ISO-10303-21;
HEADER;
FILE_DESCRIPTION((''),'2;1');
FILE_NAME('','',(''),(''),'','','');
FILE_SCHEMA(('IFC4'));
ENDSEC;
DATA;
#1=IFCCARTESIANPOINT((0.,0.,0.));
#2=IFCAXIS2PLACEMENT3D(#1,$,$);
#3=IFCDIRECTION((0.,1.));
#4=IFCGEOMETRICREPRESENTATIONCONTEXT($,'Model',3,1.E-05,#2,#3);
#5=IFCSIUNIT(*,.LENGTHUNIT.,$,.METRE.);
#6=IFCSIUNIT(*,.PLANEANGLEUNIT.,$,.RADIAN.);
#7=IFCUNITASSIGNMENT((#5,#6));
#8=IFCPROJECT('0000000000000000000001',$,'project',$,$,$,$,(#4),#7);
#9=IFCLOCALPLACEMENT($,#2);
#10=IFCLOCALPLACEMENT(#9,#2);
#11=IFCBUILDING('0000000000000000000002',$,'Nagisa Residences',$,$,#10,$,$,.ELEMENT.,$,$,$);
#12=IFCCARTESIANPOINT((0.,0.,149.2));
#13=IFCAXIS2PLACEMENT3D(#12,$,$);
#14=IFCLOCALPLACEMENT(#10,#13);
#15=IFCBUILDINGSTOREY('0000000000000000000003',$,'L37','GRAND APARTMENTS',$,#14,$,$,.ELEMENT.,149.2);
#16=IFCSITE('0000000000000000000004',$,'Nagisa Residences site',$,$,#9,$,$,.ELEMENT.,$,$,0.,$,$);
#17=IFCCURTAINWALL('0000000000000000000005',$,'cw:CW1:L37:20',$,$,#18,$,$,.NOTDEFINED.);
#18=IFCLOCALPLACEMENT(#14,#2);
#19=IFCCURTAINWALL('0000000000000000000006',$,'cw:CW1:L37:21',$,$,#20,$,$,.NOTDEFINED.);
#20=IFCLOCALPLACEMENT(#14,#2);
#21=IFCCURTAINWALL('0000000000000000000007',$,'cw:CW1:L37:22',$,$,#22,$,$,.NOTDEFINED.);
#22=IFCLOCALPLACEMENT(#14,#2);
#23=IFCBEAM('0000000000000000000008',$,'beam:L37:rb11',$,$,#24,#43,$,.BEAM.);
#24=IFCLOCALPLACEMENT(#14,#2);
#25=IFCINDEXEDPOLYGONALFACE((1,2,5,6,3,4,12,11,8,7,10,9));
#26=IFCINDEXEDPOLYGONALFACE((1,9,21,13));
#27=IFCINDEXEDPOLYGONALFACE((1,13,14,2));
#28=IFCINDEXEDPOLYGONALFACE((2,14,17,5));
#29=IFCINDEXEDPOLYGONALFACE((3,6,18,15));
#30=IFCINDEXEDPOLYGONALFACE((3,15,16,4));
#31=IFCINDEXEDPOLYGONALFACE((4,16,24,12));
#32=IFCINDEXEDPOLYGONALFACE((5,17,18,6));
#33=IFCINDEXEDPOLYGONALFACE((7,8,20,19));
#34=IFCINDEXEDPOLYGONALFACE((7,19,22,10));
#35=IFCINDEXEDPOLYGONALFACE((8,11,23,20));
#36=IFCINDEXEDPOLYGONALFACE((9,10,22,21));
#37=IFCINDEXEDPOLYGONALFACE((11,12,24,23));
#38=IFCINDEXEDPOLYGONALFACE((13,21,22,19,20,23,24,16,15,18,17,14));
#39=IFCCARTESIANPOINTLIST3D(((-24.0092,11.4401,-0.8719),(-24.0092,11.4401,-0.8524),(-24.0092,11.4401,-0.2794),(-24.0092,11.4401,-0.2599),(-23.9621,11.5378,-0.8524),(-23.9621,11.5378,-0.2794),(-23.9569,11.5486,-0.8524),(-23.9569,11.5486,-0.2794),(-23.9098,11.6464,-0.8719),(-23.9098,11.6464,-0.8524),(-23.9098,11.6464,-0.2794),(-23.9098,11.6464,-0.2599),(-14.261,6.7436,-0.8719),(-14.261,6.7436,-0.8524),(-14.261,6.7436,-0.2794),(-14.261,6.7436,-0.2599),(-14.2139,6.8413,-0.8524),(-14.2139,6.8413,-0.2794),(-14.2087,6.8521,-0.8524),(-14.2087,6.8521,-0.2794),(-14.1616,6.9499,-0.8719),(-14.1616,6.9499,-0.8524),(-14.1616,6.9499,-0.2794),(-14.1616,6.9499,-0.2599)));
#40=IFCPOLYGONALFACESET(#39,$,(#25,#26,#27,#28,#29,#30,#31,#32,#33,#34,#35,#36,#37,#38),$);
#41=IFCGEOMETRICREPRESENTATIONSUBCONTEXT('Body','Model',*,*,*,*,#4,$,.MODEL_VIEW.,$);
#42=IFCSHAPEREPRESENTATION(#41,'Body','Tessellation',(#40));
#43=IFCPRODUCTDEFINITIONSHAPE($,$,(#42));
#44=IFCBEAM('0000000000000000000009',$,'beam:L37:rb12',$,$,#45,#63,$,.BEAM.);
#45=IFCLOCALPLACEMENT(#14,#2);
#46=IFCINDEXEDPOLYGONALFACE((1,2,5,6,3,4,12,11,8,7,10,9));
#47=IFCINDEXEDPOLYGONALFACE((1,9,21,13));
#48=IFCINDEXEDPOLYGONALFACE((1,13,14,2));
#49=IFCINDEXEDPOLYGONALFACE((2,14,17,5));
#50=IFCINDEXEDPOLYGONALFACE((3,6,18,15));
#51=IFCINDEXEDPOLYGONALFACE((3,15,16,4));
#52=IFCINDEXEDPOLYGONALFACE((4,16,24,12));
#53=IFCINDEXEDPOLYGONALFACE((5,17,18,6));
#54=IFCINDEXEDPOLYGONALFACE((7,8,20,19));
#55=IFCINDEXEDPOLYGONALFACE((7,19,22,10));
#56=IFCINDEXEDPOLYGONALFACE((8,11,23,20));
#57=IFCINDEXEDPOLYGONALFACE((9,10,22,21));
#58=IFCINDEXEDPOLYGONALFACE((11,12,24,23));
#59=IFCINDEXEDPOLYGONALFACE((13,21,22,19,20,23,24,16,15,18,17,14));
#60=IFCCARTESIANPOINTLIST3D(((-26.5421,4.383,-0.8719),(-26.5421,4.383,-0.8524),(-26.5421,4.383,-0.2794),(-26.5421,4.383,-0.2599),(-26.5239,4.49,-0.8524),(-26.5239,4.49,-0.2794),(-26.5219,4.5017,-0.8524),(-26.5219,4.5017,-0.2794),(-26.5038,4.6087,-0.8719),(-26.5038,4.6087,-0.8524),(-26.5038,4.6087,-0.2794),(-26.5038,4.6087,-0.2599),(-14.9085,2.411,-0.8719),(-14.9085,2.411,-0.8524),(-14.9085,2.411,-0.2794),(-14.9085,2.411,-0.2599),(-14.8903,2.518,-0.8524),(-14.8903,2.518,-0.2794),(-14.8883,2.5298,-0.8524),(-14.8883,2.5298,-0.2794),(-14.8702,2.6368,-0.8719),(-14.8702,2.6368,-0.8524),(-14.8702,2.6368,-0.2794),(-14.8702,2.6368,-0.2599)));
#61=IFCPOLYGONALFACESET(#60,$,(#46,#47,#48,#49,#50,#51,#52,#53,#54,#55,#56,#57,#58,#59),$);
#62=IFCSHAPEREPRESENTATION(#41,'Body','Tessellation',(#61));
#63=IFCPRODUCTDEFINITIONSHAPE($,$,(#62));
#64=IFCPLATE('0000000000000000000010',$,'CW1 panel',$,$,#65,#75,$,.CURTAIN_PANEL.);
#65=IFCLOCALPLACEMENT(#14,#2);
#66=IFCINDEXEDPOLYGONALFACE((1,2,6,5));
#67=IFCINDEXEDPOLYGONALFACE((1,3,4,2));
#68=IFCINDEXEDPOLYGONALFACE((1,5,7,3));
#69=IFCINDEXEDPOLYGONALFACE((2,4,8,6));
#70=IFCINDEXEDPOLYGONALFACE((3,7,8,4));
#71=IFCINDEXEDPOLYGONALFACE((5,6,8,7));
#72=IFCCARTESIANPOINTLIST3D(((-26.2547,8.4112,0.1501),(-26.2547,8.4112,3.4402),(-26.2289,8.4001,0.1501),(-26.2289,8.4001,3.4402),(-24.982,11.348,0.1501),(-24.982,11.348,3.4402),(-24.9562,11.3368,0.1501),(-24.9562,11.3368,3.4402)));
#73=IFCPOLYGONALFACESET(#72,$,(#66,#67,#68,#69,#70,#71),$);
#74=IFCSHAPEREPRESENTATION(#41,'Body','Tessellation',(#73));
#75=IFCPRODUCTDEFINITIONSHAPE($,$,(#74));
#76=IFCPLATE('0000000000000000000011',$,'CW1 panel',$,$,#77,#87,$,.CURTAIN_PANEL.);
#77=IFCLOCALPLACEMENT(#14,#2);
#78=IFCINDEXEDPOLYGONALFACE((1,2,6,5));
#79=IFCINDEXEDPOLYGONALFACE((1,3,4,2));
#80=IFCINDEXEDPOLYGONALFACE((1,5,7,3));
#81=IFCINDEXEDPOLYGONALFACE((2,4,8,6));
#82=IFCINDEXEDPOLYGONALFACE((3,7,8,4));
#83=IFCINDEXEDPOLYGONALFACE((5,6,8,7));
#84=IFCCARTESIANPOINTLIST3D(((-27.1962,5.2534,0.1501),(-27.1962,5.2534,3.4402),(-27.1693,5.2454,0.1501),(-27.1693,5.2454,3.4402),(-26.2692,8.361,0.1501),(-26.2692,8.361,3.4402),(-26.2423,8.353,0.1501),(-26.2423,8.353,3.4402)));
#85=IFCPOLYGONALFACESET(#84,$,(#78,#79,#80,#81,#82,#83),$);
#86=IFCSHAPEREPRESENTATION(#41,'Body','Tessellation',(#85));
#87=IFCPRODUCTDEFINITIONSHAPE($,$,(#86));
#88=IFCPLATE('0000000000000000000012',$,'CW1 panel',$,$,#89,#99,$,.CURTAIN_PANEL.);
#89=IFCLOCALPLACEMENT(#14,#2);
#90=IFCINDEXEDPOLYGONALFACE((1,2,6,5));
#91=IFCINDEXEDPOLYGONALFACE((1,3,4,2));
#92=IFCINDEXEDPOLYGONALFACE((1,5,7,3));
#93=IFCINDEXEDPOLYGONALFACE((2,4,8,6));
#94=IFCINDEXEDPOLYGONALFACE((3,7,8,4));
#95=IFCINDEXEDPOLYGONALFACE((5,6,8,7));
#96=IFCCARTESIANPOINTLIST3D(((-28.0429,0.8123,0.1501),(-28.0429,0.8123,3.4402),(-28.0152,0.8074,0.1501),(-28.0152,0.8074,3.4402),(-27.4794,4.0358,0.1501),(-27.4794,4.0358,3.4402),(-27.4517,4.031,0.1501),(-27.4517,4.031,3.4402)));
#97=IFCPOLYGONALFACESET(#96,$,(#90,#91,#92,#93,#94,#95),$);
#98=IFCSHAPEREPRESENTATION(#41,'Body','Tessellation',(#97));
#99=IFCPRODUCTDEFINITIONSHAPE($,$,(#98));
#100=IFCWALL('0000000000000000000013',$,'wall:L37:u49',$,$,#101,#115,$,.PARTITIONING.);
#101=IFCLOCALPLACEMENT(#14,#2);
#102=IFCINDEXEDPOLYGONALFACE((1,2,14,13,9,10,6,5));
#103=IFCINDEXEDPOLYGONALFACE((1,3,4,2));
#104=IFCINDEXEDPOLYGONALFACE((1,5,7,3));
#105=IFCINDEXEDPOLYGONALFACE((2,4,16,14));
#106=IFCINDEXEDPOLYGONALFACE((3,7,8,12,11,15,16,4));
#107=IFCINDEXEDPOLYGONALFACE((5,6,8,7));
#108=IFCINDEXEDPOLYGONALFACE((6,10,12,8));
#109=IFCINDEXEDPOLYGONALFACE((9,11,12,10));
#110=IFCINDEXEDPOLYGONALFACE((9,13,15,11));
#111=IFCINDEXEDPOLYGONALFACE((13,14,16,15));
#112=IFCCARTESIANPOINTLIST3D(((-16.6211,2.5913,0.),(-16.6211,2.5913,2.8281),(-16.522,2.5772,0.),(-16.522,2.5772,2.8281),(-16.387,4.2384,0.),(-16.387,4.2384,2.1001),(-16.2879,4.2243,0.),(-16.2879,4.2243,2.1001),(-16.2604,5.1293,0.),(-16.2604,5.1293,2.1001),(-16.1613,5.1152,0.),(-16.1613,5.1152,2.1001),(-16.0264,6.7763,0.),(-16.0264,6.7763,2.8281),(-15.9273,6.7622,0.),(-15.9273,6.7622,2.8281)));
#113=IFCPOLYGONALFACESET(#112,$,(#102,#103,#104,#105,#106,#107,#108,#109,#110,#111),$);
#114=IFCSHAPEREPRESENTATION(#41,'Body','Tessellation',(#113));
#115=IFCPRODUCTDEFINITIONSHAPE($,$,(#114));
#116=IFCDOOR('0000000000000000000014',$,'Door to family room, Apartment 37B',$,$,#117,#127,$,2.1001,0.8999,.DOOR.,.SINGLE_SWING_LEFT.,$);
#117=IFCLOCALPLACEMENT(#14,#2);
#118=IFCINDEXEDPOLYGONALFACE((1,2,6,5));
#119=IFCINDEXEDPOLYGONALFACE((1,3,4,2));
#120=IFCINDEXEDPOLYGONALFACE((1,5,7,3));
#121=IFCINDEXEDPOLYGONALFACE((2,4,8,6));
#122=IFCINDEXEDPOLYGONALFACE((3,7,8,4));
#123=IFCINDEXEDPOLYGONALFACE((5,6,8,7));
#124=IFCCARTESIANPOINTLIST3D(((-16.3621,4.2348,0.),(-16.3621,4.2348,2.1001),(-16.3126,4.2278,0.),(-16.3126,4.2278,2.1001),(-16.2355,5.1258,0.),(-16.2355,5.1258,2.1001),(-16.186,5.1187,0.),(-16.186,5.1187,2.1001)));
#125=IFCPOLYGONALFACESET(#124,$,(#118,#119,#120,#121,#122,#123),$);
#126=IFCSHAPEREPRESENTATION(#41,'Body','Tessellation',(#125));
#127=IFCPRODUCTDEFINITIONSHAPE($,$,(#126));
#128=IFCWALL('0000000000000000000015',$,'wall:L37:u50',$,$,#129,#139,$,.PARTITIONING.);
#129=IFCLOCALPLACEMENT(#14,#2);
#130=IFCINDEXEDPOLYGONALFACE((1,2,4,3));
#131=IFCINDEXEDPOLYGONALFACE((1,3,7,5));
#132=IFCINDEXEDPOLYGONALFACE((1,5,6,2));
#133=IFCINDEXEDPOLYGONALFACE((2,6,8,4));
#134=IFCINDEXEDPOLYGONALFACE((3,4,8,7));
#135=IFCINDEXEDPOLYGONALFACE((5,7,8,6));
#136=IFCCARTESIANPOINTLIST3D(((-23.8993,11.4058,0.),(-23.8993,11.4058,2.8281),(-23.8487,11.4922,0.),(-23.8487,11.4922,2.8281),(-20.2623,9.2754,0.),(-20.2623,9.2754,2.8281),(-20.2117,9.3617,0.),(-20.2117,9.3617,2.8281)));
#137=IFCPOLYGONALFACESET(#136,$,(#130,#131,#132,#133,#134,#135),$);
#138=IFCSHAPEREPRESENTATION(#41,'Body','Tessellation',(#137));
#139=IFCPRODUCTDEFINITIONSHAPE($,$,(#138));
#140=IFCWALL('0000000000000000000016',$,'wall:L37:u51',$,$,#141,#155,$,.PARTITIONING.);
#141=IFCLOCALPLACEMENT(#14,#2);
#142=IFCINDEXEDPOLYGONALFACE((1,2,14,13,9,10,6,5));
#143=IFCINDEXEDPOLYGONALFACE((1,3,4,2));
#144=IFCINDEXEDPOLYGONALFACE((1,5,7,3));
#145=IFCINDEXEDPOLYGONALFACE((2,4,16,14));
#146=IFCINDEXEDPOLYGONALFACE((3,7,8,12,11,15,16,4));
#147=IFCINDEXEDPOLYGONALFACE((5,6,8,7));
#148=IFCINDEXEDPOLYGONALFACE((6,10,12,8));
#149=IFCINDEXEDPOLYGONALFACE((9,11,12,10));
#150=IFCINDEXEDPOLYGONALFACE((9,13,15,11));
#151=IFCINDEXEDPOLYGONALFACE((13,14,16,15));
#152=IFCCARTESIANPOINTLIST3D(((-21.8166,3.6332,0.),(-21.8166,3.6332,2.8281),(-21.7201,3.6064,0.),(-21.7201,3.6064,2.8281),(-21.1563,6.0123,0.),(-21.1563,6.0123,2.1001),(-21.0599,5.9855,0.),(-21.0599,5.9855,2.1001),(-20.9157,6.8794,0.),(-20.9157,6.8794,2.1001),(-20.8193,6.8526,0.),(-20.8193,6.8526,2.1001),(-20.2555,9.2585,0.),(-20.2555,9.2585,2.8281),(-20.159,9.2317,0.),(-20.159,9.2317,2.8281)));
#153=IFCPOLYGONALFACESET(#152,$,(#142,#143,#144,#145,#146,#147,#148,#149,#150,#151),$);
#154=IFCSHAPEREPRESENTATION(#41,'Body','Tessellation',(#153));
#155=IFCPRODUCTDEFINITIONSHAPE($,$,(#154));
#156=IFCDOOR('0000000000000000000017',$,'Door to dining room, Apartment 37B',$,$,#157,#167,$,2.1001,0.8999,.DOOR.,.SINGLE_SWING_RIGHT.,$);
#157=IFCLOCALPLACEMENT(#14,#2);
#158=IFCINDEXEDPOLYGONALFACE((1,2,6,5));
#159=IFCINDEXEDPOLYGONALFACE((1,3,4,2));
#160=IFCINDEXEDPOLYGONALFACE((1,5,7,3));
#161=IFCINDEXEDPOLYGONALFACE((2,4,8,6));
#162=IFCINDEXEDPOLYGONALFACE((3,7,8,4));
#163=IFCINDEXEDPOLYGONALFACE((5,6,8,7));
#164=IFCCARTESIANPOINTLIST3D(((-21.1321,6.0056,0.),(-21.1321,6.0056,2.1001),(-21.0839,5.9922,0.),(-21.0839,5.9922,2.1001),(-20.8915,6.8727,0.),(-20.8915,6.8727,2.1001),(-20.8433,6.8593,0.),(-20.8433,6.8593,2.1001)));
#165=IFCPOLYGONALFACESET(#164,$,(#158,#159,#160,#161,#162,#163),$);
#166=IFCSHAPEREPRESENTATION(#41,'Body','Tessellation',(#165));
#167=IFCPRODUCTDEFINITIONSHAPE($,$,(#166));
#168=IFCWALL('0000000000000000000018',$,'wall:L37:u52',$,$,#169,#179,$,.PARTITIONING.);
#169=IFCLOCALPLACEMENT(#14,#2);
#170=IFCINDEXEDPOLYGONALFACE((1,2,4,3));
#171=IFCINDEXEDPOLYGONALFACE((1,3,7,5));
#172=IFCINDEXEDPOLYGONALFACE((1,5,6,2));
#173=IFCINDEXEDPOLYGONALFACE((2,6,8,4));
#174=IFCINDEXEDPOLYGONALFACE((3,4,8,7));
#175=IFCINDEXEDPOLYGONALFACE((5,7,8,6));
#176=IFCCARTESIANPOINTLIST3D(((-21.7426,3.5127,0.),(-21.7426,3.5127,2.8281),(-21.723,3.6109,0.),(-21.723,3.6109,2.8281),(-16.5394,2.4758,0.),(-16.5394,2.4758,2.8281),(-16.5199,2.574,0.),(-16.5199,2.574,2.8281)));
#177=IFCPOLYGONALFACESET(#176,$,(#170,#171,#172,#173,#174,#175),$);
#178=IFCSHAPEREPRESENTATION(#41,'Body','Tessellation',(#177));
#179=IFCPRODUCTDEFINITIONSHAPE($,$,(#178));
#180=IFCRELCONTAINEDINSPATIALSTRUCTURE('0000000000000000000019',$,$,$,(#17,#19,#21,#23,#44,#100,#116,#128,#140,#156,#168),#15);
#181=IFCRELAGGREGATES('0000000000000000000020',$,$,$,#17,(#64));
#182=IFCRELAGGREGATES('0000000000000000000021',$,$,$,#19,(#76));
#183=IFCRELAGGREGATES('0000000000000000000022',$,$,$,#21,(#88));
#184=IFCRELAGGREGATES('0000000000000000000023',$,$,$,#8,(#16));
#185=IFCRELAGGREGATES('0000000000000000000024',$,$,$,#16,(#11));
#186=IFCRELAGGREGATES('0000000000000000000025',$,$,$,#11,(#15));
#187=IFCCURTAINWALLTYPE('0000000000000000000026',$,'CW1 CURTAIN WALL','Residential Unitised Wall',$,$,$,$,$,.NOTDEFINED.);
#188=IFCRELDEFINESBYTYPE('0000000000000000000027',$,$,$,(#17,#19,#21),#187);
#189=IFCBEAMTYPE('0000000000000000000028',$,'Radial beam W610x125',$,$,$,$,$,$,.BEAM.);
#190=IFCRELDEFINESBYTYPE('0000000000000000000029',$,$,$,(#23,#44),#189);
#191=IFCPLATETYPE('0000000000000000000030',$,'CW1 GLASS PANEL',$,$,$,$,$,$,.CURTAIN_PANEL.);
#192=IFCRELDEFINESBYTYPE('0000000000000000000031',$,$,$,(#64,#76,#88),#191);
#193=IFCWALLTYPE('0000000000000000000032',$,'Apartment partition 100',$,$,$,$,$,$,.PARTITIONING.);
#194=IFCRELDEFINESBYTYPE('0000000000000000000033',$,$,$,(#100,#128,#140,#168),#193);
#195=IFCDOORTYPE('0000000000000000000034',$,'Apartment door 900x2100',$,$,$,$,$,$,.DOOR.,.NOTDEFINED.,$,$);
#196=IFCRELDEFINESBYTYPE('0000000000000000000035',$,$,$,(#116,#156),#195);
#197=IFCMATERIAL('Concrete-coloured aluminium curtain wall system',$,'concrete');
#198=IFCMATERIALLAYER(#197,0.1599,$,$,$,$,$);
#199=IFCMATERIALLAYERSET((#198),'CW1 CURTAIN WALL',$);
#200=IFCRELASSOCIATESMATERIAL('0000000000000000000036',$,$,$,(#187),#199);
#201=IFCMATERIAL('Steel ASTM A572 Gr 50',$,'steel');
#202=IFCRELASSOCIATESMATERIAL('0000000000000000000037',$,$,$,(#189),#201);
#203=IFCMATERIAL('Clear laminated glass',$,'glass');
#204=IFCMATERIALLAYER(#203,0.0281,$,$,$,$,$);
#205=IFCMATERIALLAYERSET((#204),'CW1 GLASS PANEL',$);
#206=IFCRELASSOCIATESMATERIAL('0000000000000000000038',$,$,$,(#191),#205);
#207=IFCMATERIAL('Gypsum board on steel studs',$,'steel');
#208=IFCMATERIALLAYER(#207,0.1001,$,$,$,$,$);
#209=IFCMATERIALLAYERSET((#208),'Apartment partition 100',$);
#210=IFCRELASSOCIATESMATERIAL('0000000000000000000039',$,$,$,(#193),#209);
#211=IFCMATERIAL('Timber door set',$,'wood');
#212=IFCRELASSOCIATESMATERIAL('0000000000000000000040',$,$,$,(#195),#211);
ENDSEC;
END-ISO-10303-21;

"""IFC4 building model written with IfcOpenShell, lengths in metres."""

from ifc_helpers import new_model, si_unit, direction, frame, frame_2d, origin, origin_2d, place, context, subcontext, project, spatial, rectangle, i_section, extrude, material, layer, layer_set, material_profile, profile_set, type_object, element, fill, aggregate, save


model = new_model("IFC4")

# Units and contexts
model_context = context("Model", 3, precision=1e-05, world=origin(), true_north=direction((0.0, 1.0)))
body_context = subcontext(model_context, "Body", "Model", "MODEL_VIEW")
ifc_project = project(units=[si_unit("LENGTHUNIT", "METRE"), si_unit("PLANEANGLEUNIT", "RADIAN")], contexts=[model_context])

# Site, building, storey
site_placement = place(None, origin())
site = spatial("IfcSite", under=ifc_project, at=site_placement, Name="Nagisa Residences site", CompositionType="ELEMENT", RefElevation=0.0)
building_placement = place(site_placement, origin())
building = spatial("IfcBuilding", under=site, at=building_placement, Name="Nagisa Residences", CompositionType="ELEMENT")
storey_placement = place(building_placement, frame((0.0, 0.0, 149.2)))
storey = spatial("IfcBuildingStorey", under=building, at=storey_placement, Name="L37", Description="GRAND APARTMENTS", CompositionType="ELEMENT", Elevation=149.2)

# Curtain walls
ifc_material_1 = material(Name="Concrete-coloured aluminium curtain wall system", Category="concrete")
ifc_layer_1 = layer(ifc_material_1, 0.1599)
ifc_layer_set_1 = layer_set([ifc_layer_1], Name="CW1 CURTAIN WALL")
curtain_wall_type = type_object("IfcCurtainWallType", Name="CW1 CURTAIN WALL", Description="Residential Unitised Wall", PredefinedType="NOTDEFINED", material=ifc_layer_set_1)
curtain_wall_1_placement = place(storey_placement, origin())
curtain_wall_1 = element("IfcCurtainWall", 1, at=curtain_wall_1_placement, inside=storey, type_object=curtain_wall_type, Name="cw:CW1:L37:20", PredefinedType="NOTDEFINED")
curtain_wall_2_placement = place(storey_placement, origin())
curtain_wall_2 = element("IfcCurtainWall", 2, at=curtain_wall_2_placement, inside=storey, type_object=curtain_wall_type, Name="cw:CW1:L37:21", PredefinedType="NOTDEFINED")
curtain_wall_3_placement = place(storey_placement, origin())
curtain_wall_3 = element("IfcCurtainWall", 3, at=curtain_wall_3_placement, inside=storey, type_object=curtain_wall_type, Name="cw:CW1:L37:22", PredefinedType="NOTDEFINED")

# Beams
ifc_material_2 = material(Name="Steel ASTM A572 Gr 50", Category="steel")
ifc_material_profile_1 = material_profile(ifc_material_2, i_section(OverallWidth=0.229, OverallDepth=0.6121, WebThickness=0.012, FlangeThickness=0.0195, at=origin_2d()), Name="W610x125")
ifc_profile_set_1 = profile_set([ifc_material_profile_1], Name="Steel ASTM A572 Gr 50")
beam_type_1 = type_object("IfcBeamType", Name="Radial beam W610x125", PredefinedType="BEAM", material=ifc_profile_set_1)
beam_1_placement = place(storey_placement, frame((-23.9595, 11.5432, -0.5659), z_axis=(0.900896, -0.434034, 0.0), x_axis=(0.434034, 0.900896, 0.0)))
element("IfcBeam", 4, at=beam_1_placement, inside=storey, type_object=beam_type_1, Name="beam:L37:rb11", PredefinedType="BEAM", context=body_context, shape_type="SweptSolid", body=[
    extrude(i_section(OverallWidth=0.229, OverallDepth=0.6121, WebThickness=0.012, FlangeThickness=0.0195, at=origin_2d()), origin(), (0.0, 0.0, 1.0), 10.8206),
])
beam_2_placement = place(storey_placement, frame((-26.5229, 4.4958, -0.5659), z_axis=(0.985937, -0.167119, 0.0), x_axis=(0.167119, 0.985937, 0.0)))
element("IfcBeam", 5, at=beam_2_placement, inside=storey, type_object=beam_type_1, Name="beam:L37:rb12", PredefinedType="BEAM", context=body_context, shape_type="SweptSolid", body=[
    extrude(i_section(OverallWidth=0.229, OverallDepth=0.6121, WebThickness=0.012, FlangeThickness=0.0195, at=origin_2d()), origin(), (0.0, 0.0, 1.0), 11.7996),
])

# Plates
ifc_material_3 = material(Name="Clear laminated glass", Category="glass")
ifc_layer_2 = layer(ifc_material_3, 0.0281)
ifc_layer_set_2 = layer_set([ifc_layer_2], Name="CW1 GLASS PANEL")
plate_type = type_object("IfcPlateType", Name="CW1 GLASS PANEL", PredefinedType="CURTAIN_PANEL", material=ifc_layer_set_2)
plate_1_placement = place(storey_placement, frame((-25.6055, 9.874, 0.1501), z_axis=(0.0, 0.0, 1.0), x_axis=(-0.397636, -0.917543, 0.0)))
plate_1 = element("IfcPlate", 6, at=plate_1_placement, type_object=plate_type, Name="CW1 panel", PredefinedType="CURTAIN_PANEL", context=body_context, shape_type="SweptSolid", body=[
    extrude(rectangle(XDim=3.2007, YDim=0.0281, at=origin_2d()), origin(), (0.0, 0.0, 1.0), 3.29),
])
aggregate(curtain_wall_1, [plate_1])
plate_2_placement = place(storey_placement, frame((-26.7192, 6.8032, 0.1501), z_axis=(0.0, 0.0, 1.0), x_axis=(-0.28586, -0.958271, 0.0)))
plate_2 = element("IfcPlate", 7, at=plate_2_placement, type_object=plate_type, Name="CW1 panel", PredefinedType="CURTAIN_PANEL", context=body_context, shape_type="SweptSolid", body=[
    extrude(rectangle(XDim=3.2429, YDim=0.0281, at=origin_2d()), origin(), (0.0, 0.0, 1.0), 3.29),
])
aggregate(curtain_wall_2, [plate_2])
plate_3_placement = place(storey_placement, frame((-27.7473, 2.4216, 0.1501), z_axis=(0.0, 0.0, 1.0), x_axis=(-0.172191, -0.985064, 0.0)))
plate_3 = element("IfcPlate", 8, at=plate_3_placement, type_object=plate_type, Name="CW1 panel", PredefinedType="CURTAIN_PANEL", context=body_context, shape_type="SweptSolid", body=[
    extrude(rectangle(XDim=3.2725, YDim=0.0281, at=origin_2d()), origin(), (0.0, 0.0, 1.0), 3.29),
])
aggregate(curtain_wall_3, [plate_3])

# Wall, opening, door
ifc_material_4 = material(Name="Gypsum board on steel studs", Category="steel")
ifc_layer_3 = layer(ifc_material_4, 0.1001)
ifc_layer_set_3 = layer_set([ifc_layer_3], Name="Apartment partition 100")
wall_type = type_object("IfcWallType", Name="Apartment partition 100", PredefinedType="PARTITIONING", material=ifc_layer_set_3)
wall_1_placement = place(storey_placement, frame((-15.9768, 6.7693, 0.0), z_axis=(0.0, 0.0, 1.0), x_axis=(-0.140694, -0.990053, 0.0)))
wall_1 = element("IfcWall", 9, at=wall_1_placement, inside=storey, type_object=wall_type, Name="wall:L37:u49", PredefinedType="PARTITIONING", context=body_context, shape_type="SweptSolid", body=[
    extrude(rectangle(XDim=4.2271, YDim=0.1001, at=frame_2d((2.1135, 0.0))), origin(), (0.0, 0.0, 1.0), 2.8281),
])
opening_1_placement = place(wall_1_placement, frame((1.6636, 0.0, 0.0)))
opening_1 = element("IfcOpeningElement", 10, at=opening_1_placement, cuts=wall_1, PredefinedType="OPENING", context=body_context, shape_type="SweptSolid", body=[
    extrude(rectangle(XDim=0.8999, YDim=2.1001, at=frame_2d((0.45, 1.05))), frame((0.0, 0.0601, 0.0), z_axis=(0.0, -1.0, 0.0), x_axis=(1.0, 0.0, 0.0)), (0.0, 0.0, 1.0), 0.1201),
])
ifc_material_5 = material(Name="Timber door set", Category="wood")
door_type = type_object("IfcDoorType", Name="Apartment door 900x2100", OperationType="NOTDEFINED", PredefinedType="DOOR", material=ifc_material_5)
door_1_placement = place(opening_1_placement, frame((0.8999, 0.0, 0.0), x_axis=(-1.0, 0.0, 0.0)))
door_1 = element("IfcDoor", 11, at=door_1_placement, inside=storey, type_object=door_type, Name="Door to family room, Apartment 37B", OperationType="SINGLE_SWING_LEFT", OverallHeight=2.1001, OverallWidth=0.8999, PredefinedType="DOOR", context=body_context, shape_type="SweptSolid", body=[
    extrude(rectangle(XDim=0.8999, YDim=2.1001, at=frame_2d((0.45, 1.05))), frame((0.0, 0.0249, 0.0), z_axis=(0.0, -1.0, 0.0), x_axis=(1.0, 0.0, 0.0)), (0.0, 0.0, 1.0), 0.05),
])
fill(opening_1, door_1)

# Wall
wall_2_placement = place(storey_placement, frame((-20.2371, 9.3186, 0.0), z_axis=(0.0, 0.0, 1.0), x_axis=(-0.862868, 0.50543, 0.0)))
element("IfcWall", 12, at=wall_2_placement, inside=storey, type_object=wall_type, Name="wall:L37:u50", PredefinedType="PARTITIONING", context=body_context, shape_type="SweptSolid", body=[
    extrude(rectangle(XDim=4.2151, YDim=0.1001, at=frame_2d((2.1074, 0.0))), origin(), (0.0, 0.0, 1.0), 2.8281),
])

# Wall, opening, door
wall_3_placement = place(storey_placement, frame((-20.2073, 9.2451, 0.0), z_axis=(0.0, 0.0, 1.0), x_axis=(-0.2674, -0.963586, 0.0)))
wall_3 = element("IfcWall", 13, at=wall_3_placement, inside=storey, type_object=wall_type, Name="wall:L37:u51", PredefinedType="PARTITIONING", context=body_context, shape_type="SweptSolid", body=[
    extrude(rectangle(XDim=5.8379, YDim=0.1001, at=frame_2d((2.9189, 0.0))), origin(), (0.0, 0.0, 1.0), 2.8281),
])
opening_2_placement = place(wall_3_placement, frame((2.469, 0.0, 0.0)))
opening_2 = element("IfcOpeningElement", 14, at=opening_2_placement, cuts=wall_3, PredefinedType="OPENING", context=body_context, shape_type="SweptSolid", body=[
    extrude(rectangle(XDim=0.8999, YDim=2.1001, at=frame_2d((0.45, 1.05))), frame((0.0, 0.0601, 0.0), z_axis=(0.0, -1.0, 0.0), x_axis=(1.0, 0.0, 0.0)), (0.0, 0.0, 1.0), 0.1201),
])
door_2_placement = place(opening_2_placement, frame((0.8999, 0.0, 0.0), x_axis=(-1.0, 0.0, 0.0)))
door_2 = element("IfcDoor", 15, at=door_2_placement, inside=storey, type_object=door_type, Name="Door to dining room, Apartment 37B", OperationType="SINGLE_SWING_RIGHT", OverallHeight=2.1001, OverallWidth=0.8999, PredefinedType="DOOR", context=body_context, shape_type="SweptSolid", body=[
    extrude(rectangle(XDim=0.8999, YDim=2.1001, at=frame_2d((0.45, 1.05))), frame((0.0, 0.0249, 0.0), z_axis=(0.0, -1.0, 0.0), x_axis=(1.0, 0.0, 0.0)), (0.0, 0.0, 1.0), 0.05),
])
fill(opening_2, door_2)

# Wall
wall_4_placement = place(storey_placement, frame((-16.5295, 2.5249, 0.0), z_axis=(0.0, 0.0, 1.0), x_axis=(-0.980717, 0.195435, 0.0)))
element("IfcWall", 16, at=wall_4_placement, inside=storey, type_object=wall_type, Name="wall:L37:u52", PredefinedType="PARTITIONING", context=body_context, shape_type="SweptSolid", body=[
    extrude(rectangle(XDim=5.3054, YDim=0.1001, at=frame_2d((2.6528, 0.0))), origin(), (0.0, 0.0, 1.0), 2.8281),
])

save(model, "model.ifc")
